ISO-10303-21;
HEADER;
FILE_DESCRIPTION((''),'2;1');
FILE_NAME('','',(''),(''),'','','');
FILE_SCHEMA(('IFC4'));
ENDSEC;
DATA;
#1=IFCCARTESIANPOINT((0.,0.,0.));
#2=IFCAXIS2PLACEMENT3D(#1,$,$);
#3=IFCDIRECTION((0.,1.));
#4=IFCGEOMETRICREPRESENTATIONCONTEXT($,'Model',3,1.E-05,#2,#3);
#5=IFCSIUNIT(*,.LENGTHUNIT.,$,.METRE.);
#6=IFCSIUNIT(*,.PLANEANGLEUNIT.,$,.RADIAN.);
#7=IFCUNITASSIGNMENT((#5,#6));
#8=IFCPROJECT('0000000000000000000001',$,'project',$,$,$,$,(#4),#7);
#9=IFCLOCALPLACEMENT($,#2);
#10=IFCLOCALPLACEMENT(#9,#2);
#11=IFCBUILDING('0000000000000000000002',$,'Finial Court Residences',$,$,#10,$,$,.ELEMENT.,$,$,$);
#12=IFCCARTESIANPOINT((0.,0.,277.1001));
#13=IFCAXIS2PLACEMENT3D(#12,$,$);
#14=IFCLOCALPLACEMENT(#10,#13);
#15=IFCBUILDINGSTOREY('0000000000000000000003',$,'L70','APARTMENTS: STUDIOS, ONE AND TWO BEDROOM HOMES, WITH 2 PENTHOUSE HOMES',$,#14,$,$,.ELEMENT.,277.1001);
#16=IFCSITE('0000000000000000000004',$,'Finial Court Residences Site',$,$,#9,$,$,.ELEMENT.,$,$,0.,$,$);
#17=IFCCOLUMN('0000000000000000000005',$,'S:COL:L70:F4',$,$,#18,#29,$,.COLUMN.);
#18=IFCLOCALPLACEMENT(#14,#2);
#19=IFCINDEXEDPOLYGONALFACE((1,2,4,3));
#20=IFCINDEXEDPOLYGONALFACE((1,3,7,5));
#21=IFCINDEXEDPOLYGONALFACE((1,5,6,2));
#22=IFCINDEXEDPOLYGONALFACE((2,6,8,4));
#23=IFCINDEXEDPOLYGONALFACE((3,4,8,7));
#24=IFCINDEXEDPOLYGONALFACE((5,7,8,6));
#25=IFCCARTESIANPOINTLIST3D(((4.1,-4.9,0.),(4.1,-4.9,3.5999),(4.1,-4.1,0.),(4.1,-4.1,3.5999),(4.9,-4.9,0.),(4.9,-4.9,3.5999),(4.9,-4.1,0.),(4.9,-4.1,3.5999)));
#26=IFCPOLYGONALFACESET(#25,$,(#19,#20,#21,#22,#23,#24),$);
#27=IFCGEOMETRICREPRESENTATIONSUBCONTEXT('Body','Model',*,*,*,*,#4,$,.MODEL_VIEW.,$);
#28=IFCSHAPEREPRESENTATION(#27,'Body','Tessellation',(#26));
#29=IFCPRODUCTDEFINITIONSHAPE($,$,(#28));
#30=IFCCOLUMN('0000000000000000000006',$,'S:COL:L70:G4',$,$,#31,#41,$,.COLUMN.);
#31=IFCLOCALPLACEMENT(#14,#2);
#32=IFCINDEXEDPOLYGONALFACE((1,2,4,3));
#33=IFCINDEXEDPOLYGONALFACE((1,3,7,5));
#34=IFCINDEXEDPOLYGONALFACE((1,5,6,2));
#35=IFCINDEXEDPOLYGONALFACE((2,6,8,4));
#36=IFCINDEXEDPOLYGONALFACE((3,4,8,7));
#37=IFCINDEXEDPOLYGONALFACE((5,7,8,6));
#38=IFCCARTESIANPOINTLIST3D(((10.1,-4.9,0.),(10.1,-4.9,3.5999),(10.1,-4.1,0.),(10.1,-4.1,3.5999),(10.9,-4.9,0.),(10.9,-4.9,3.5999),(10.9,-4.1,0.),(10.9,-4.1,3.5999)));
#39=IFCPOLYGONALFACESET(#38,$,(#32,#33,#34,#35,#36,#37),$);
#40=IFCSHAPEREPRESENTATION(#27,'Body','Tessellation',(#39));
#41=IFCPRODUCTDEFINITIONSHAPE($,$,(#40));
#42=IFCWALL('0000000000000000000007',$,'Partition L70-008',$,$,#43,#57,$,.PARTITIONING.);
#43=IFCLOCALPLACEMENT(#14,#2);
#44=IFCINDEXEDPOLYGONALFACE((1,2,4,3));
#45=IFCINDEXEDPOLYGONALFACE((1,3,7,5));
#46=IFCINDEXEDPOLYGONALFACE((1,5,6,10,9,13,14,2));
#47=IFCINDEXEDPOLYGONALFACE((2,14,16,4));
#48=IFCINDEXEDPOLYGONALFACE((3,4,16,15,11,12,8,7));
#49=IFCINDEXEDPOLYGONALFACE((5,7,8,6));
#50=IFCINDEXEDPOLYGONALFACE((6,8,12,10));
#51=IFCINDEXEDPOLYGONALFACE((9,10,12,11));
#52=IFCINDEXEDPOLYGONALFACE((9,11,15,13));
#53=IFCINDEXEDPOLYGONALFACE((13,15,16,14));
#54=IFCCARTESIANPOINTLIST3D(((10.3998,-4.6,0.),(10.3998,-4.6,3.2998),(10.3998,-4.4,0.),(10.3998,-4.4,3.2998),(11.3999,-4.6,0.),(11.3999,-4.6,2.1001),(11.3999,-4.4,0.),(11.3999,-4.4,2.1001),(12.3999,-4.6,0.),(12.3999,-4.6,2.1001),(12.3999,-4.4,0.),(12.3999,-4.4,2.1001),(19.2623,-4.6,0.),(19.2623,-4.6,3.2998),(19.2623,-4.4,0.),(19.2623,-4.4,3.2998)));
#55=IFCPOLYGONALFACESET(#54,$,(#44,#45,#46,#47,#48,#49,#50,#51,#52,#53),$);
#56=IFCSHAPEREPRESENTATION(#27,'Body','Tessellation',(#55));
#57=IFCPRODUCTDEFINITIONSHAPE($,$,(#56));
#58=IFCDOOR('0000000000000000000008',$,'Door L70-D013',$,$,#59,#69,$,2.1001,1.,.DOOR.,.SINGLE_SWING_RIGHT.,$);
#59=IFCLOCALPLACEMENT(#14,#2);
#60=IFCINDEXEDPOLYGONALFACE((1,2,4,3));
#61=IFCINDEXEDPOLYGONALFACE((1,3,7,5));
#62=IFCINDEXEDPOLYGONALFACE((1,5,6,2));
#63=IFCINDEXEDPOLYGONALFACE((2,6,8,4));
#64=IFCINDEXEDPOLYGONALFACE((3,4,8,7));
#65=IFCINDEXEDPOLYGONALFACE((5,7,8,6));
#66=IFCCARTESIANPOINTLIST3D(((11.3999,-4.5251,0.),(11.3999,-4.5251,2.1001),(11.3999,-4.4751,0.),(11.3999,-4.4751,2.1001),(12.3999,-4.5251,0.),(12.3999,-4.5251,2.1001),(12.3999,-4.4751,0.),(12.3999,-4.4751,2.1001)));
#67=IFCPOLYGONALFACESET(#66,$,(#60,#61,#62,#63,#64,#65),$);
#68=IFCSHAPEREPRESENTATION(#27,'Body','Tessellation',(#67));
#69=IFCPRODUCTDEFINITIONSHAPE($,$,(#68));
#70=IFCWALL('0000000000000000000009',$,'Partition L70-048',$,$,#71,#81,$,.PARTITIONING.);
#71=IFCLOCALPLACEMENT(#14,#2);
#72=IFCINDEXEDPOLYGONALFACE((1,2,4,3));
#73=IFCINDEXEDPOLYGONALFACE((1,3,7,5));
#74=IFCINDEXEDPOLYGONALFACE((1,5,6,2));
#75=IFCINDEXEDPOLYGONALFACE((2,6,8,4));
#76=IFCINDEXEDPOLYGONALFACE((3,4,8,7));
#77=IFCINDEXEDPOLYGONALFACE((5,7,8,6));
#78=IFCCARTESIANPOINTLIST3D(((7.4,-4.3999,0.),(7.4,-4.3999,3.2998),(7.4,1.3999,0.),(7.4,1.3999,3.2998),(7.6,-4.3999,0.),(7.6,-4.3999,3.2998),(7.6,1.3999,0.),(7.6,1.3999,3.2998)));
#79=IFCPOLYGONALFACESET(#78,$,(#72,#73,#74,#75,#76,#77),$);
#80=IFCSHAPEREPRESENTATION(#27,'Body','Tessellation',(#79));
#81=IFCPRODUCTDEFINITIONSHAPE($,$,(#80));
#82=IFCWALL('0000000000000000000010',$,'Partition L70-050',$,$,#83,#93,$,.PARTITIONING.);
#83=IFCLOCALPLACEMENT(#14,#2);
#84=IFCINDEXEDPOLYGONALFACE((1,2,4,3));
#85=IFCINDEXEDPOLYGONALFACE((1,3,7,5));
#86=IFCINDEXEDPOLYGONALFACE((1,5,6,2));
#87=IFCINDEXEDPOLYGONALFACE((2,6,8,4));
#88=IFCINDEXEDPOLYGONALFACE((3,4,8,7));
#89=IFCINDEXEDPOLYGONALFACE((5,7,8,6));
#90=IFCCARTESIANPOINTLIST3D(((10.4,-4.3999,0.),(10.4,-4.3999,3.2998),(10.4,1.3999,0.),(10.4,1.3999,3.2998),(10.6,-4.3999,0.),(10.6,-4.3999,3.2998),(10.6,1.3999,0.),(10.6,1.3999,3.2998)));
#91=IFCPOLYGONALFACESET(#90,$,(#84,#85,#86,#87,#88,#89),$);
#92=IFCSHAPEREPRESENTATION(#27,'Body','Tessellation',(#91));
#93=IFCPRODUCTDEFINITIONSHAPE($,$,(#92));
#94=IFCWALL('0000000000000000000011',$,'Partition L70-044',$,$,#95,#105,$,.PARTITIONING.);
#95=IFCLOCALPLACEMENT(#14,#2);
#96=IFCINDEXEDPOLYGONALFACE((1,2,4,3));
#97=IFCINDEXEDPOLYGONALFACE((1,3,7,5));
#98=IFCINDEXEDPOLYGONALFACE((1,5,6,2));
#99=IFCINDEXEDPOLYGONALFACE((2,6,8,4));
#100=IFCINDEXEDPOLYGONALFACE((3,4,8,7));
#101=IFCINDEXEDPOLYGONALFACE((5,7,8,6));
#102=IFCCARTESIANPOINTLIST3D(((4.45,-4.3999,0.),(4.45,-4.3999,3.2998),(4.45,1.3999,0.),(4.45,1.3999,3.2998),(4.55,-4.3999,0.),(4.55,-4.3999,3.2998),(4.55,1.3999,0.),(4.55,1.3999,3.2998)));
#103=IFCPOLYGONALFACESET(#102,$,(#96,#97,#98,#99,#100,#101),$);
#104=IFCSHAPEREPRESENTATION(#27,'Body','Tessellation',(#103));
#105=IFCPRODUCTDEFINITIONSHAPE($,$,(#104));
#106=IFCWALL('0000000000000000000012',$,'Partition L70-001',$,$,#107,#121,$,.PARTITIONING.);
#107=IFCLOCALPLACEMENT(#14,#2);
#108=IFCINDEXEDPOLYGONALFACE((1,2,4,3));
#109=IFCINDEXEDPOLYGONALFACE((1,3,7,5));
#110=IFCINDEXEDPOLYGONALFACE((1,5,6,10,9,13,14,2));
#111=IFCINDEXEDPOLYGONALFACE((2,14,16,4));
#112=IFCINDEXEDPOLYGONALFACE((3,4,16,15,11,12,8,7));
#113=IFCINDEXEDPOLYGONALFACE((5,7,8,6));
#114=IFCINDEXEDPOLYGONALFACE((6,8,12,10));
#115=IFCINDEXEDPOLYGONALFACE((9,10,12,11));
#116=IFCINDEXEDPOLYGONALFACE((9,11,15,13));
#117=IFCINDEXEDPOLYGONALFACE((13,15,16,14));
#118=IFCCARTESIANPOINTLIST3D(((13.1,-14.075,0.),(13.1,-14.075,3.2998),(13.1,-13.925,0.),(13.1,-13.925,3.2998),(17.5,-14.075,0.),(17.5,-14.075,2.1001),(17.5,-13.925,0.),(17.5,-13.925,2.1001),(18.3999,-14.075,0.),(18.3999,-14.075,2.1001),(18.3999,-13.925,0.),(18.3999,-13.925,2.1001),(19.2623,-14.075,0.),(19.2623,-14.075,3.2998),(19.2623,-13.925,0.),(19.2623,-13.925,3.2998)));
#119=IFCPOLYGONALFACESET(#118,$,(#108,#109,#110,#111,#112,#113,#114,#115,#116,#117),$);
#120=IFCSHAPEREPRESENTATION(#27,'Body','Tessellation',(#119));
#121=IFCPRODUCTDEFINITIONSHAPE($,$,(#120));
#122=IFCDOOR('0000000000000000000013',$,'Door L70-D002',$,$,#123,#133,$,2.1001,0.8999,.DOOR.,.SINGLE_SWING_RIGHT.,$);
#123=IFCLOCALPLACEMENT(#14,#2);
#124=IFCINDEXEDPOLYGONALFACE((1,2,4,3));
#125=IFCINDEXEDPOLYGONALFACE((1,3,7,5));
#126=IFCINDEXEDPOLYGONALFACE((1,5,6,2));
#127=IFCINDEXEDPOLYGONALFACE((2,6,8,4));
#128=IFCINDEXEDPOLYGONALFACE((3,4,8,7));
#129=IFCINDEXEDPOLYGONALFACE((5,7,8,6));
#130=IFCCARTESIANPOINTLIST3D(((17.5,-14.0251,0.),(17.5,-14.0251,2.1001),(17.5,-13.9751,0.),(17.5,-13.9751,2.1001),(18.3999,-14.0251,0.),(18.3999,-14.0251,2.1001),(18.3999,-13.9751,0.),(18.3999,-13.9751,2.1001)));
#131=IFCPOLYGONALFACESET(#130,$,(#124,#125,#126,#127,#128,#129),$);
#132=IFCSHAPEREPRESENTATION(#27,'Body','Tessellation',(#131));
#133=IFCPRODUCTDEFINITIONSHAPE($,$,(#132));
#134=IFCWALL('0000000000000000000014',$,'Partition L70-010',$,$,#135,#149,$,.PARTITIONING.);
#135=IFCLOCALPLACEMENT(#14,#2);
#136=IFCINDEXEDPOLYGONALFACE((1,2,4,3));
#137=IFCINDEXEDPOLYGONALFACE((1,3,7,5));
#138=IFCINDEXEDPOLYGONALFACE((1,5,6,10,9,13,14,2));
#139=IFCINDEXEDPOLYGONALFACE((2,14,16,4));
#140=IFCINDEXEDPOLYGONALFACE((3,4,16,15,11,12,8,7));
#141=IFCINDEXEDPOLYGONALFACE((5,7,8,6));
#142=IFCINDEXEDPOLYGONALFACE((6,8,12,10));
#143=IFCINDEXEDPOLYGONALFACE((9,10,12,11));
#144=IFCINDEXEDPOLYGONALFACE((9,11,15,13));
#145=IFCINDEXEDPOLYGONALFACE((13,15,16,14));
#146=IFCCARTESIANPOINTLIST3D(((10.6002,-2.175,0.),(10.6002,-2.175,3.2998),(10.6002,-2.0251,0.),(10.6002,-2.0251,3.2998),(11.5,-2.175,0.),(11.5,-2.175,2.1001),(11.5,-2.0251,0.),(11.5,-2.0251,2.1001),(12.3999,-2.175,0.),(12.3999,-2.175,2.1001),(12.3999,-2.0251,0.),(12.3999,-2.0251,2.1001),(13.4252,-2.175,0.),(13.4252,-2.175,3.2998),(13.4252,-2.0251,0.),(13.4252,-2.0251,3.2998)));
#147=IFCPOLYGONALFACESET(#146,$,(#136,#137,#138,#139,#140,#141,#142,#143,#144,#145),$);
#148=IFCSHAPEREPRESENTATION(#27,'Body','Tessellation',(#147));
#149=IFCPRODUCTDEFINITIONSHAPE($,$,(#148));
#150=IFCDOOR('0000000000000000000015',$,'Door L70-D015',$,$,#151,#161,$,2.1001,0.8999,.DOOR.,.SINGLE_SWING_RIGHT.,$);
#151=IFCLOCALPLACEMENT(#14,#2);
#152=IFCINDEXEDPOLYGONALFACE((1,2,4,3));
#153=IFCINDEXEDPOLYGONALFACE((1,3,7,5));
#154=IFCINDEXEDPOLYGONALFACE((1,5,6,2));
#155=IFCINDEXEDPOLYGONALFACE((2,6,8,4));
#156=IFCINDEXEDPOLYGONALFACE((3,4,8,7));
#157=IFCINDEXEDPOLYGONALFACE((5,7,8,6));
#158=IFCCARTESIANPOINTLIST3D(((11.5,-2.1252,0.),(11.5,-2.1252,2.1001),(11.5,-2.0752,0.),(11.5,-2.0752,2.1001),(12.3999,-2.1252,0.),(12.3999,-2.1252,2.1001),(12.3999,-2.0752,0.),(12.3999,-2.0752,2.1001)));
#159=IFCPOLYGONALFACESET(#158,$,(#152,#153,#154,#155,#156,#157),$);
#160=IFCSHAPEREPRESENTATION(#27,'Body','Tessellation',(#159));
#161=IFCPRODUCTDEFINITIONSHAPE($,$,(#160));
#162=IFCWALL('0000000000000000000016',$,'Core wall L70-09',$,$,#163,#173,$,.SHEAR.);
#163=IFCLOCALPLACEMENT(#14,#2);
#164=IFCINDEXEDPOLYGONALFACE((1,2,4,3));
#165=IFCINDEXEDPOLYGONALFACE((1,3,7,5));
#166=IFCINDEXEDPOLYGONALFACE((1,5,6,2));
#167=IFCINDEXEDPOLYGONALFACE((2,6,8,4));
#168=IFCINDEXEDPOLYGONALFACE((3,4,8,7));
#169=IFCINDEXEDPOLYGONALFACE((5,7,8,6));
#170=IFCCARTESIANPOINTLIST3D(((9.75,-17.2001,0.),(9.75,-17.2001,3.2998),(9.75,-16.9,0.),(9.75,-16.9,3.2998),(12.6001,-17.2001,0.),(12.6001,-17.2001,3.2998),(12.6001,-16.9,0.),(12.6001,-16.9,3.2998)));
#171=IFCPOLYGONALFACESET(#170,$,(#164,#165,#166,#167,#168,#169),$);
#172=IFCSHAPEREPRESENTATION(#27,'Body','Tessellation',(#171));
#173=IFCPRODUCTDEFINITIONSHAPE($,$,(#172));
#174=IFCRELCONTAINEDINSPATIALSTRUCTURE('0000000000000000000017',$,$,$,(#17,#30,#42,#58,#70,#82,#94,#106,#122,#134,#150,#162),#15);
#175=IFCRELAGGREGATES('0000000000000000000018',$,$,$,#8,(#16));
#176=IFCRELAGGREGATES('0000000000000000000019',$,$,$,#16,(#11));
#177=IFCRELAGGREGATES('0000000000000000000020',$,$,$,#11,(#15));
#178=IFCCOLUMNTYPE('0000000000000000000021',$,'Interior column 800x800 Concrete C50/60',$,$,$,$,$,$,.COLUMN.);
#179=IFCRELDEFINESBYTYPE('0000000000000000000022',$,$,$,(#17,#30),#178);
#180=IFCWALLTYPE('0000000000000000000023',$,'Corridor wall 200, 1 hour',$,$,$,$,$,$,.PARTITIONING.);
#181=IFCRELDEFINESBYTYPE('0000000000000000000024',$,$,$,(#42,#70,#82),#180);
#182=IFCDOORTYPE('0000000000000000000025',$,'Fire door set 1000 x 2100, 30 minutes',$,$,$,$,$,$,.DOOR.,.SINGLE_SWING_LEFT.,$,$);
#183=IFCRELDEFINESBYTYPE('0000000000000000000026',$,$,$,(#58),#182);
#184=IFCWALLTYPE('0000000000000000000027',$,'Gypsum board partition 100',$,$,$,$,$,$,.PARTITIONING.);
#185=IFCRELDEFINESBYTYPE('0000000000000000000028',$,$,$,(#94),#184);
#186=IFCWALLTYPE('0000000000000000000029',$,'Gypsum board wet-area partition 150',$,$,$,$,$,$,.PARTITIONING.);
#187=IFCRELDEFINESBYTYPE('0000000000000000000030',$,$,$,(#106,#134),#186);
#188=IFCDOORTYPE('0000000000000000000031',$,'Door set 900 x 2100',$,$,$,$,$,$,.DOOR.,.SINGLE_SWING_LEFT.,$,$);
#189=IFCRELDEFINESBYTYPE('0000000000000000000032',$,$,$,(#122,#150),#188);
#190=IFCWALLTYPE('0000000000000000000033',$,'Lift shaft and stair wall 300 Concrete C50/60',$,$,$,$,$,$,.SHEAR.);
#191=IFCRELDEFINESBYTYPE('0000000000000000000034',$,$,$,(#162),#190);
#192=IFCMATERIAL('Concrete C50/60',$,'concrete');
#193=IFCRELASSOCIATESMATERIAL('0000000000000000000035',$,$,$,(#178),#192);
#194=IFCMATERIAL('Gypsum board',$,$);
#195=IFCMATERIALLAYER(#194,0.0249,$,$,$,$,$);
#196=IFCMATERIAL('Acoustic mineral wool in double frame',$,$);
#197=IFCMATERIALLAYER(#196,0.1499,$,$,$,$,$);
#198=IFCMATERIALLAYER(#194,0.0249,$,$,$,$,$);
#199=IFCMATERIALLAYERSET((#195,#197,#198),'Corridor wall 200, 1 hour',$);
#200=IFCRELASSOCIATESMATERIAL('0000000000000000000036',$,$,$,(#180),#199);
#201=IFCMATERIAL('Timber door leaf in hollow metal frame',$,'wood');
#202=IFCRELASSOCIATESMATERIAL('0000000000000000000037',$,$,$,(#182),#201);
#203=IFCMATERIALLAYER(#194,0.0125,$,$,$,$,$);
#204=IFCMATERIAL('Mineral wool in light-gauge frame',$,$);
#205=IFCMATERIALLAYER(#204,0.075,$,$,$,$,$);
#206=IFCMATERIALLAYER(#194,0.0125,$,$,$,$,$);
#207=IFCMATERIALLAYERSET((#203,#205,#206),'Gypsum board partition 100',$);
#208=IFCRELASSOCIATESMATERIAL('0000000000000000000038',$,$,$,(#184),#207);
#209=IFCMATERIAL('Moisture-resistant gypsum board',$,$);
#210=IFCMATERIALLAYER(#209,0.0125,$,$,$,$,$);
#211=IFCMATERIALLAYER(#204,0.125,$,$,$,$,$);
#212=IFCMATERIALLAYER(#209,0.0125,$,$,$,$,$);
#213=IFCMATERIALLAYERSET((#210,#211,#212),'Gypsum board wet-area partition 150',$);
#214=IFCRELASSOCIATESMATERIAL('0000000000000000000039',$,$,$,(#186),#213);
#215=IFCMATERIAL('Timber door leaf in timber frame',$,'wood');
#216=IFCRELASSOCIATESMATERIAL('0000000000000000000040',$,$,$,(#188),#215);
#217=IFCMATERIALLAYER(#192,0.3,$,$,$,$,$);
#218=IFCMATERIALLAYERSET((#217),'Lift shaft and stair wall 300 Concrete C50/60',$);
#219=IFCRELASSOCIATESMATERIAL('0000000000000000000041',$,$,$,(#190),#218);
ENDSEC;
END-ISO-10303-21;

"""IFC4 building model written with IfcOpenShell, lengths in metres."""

from ifc_helpers import new_model, si_unit, direction, frame, frame_2d, origin, origin_2d, place, context, subcontext, project, spatial, rectangle, extrude, material, layer, layer_set, material_profile, profile_set, type_object, element, fill, save


model = new_model("IFC4")

# Units and contexts
model_context = context("Model", 3, precision=1e-05, world=origin(), true_north=direction((0.0, 1.0)))
body_context = subcontext(model_context, "Body", "Model", "MODEL_VIEW")
ifc_project = project(units=[si_unit("LENGTHUNIT", "METRE"), si_unit("PLANEANGLEUNIT", "RADIAN")], contexts=[model_context])

# Site, building, storey
site_placement = place(None, origin())
site = spatial("IfcSite", under=ifc_project, at=site_placement, Name="Finial Court Residences Site", CompositionType="ELEMENT", RefElevation=0.0)
building_placement = place(site_placement, origin())
building = spatial("IfcBuilding", under=site, at=building_placement, Name="Finial Court Residences", CompositionType="ELEMENT")
storey_placement = place(building_placement, frame((0.0, 0.0, 277.1001)))
storey = spatial("IfcBuildingStorey", under=building, at=storey_placement, Name="L70", Description="APARTMENTS: STUDIOS, ONE AND TWO BEDROOM HOMES, WITH 2 PENTHOUSE HOMES", CompositionType="ELEMENT", Elevation=277.1001)

# Columns
ifc_material_1 = material(Name="Concrete C50/60", Category="concrete")
ifc_material_profile = material_profile(ifc_material_1, rectangle(XDim=0.8, YDim=0.8, at=origin_2d()), Name="800x800")
ifc_profile_set = profile_set([ifc_material_profile], Name="Concrete C50/60")
column_type = type_object("IfcColumnType", Name="Interior column 800x800 Concrete C50/60", PredefinedType="COLUMN", material=ifc_profile_set)
for number, where, z_axis, x_axis, name in (
    (1, (4.5, -4.5, 0.0), (0.0, 0.0, 1.0), (1.0, 0.0, 0.0), "S:COL:L70:F4"),
    (2, (10.5, -4.5, 0.0), (0.0, 0.0, 1.0), (1.0, 0.0, 0.0), "S:COL:L70:G4"),
):
    element("IfcColumn", number, at=place(storey_placement, frame(where, z_axis=z_axis, x_axis=x_axis)), inside=storey, type_object=column_type, Name=name, PredefinedType="COLUMN", context=body_context, shape_type="SweptSolid", body=[
        extrude(rectangle(XDim=0.8, YDim=0.8, at=origin_2d()), origin(), (0.0, 0.0, 1.0), 3.5999),
    ])

# Wall, opening, door
ifc_material_2 = material(Name="Gypsum board")
ifc_layer_1 = layer(ifc_material_2, 0.0249)
ifc_material_3 = material(Name="Acoustic mineral wool in double frame")
ifc_layer_2 = layer(ifc_material_3, 0.1499)
ifc_layer_3 = layer(ifc_material_2, 0.0249)
ifc_layer_set_1 = layer_set([ifc_layer_1, ifc_layer_2, ifc_layer_3], Name="Corridor wall 200, 1 hour")
wall_type_1 = type_object("IfcWallType", Name="Corridor wall 200, 1 hour", PredefinedType="PARTITIONING", material=ifc_layer_set_1)
wall_1_placement = place(storey_placement, frame((10.3999, -4.5, 0.0), z_axis=(0.0, 0.0, 1.0), x_axis=(1.0, 0.0, 0.0)))
wall_1 = element("IfcWall", 3, at=wall_1_placement, inside=storey, type_object=wall_type_1, Name="Partition L70-008", PredefinedType="PARTITIONING", context=body_context, shape_type="SweptSolid", body=[
    extrude(rectangle(XDim=8.8625, YDim=0.2, at=frame_2d((4.4312, 0.0))), origin(), (0.0, 0.0, 1.0), 3.2998),
])
opening_1_placement = place(wall_1_placement, frame((1.0, 0.0, 0.0)))
opening_1 = element("IfcOpeningElement", 4, at=opening_1_placement, cuts=wall_1, PredefinedType="OPENING", context=body_context, shape_type="SweptSolid", body=[
    extrude(rectangle(XDim=1.0, YDim=2.1001, at=frame_2d((0.5, 1.05))), frame((0.0, 0.1099, 0.0), z_axis=(0.0, -1.0, 0.0), x_axis=(1.0, 0.0, 0.0)), (0.0, 0.0, 1.0), 0.22),
])
ifc_material_4 = material(Name="Timber door leaf in hollow metal frame", Category="wood")
door_type_1 = type_object("IfcDoorType", Name="Fire door set 1000 x 2100, 30 minutes", OperationType="SINGLE_SWING_LEFT", PredefinedType="DOOR", material=ifc_material_4)
door_1_placement = place(opening_1_placement, origin())
door_1 = element("IfcDoor", 5, at=door_1_placement, inside=storey, type_object=door_type_1, Name="Door L70-D013", OperationType="SINGLE_SWING_RIGHT", OverallHeight=2.1001, OverallWidth=1.0, PredefinedType="DOOR", context=body_context, shape_type="SweptSolid", body=[
    extrude(rectangle(XDim=1.0, YDim=2.1001, at=frame_2d((0.5, 1.05))), frame((0.0, 0.0249, 0.0), z_axis=(0.0, -1.0, 0.0), x_axis=(1.0, 0.0, 0.0)), (0.0, 0.0, 1.0), 0.05),
])
fill(opening_1, door_1)

# Walls
for number, where, z_axis, x_axis, name in (
    (6, (7.5, -4.3999, 0.0), (0.0, 0.0, 1.0), (0.0, 1.0, 0.0), "Partition L70-048"),
    (7, (10.5, -4.3999, 0.0), (0.0, 0.0, 1.0), (0.0, 1.0, 0.0), "Partition L70-050"),
):
    element("IfcWall", number, at=place(storey_placement, frame(where, z_axis=z_axis, x_axis=x_axis)), inside=storey, type_object=wall_type_1, Name=name, PredefinedType="PARTITIONING", context=body_context, shape_type="SweptSolid", body=[
        extrude(rectangle(XDim=5.7998, YDim=0.2, at=frame_2d((2.8999, 0.0))), origin(), (0.0, 0.0, 1.0), 3.2998),
    ])
ifc_layer_4 = layer(ifc_material_2, 0.0125)
ifc_material_5 = material(Name="Mineral wool in light-gauge frame")
ifc_layer_5 = layer(ifc_material_5, 0.075)
ifc_layer_6 = layer(ifc_material_2, 0.0125)
ifc_layer_set_2 = layer_set([ifc_layer_4, ifc_layer_5, ifc_layer_6], Name="Gypsum board partition 100")
wall_type_2 = type_object("IfcWallType", Name="Gypsum board partition 100", PredefinedType="PARTITIONING", material=ifc_layer_set_2)
wall_2_placement = place(storey_placement, frame((4.5, -4.3999, 0.0), z_axis=(0.0, 0.0, 1.0), x_axis=(0.0, 1.0, 0.0)))
element("IfcWall", 8, at=wall_2_placement, inside=storey, type_object=wall_type_2, Name="Partition L70-044", PredefinedType="PARTITIONING", context=body_context, shape_type="SweptSolid", body=[
    extrude(rectangle(XDim=5.7998, YDim=0.1001, at=frame_2d((2.8999, 0.0))), origin(), (0.0, 0.0, 1.0), 3.2998),
])

# Walls, openings, doors
ifc_material_6 = material(Name="Moisture-resistant gypsum board")
ifc_layer_7 = layer(ifc_material_6, 0.0125)
ifc_layer_8 = layer(ifc_material_5, 0.125)
ifc_layer_9 = layer(ifc_material_6, 0.0125)
ifc_layer_set_3 = layer_set([ifc_layer_7, ifc_layer_8, ifc_layer_9], Name="Gypsum board wet-area partition 150")
wall_type_3 = type_object("IfcWallType", Name="Gypsum board wet-area partition 150", PredefinedType="PARTITIONING", material=ifc_layer_set_3)
wall_3_placement = place(storey_placement, frame((13.1001, -14.0, 0.0), z_axis=(0.0, 0.0, 1.0), x_axis=(1.0, 0.0, 0.0)))
wall_3 = element("IfcWall", 9, at=wall_3_placement, inside=storey, type_object=wall_type_3, Name="Partition L70-001", PredefinedType="PARTITIONING", context=body_context, shape_type="SweptSolid", body=[
    extrude(rectangle(XDim=6.1624, YDim=0.1499, at=frame_2d((3.0811, 0.0))), origin(), (0.0, 0.0, 1.0), 3.2998),
])
opening_2_placement = place(wall_3_placement, frame((4.3999, 0.0, 0.0)))
opening_2 = element("IfcOpeningElement", 10, at=opening_2_placement, cuts=wall_3, PredefinedType="OPENING", context=body_context, shape_type="SweptSolid", body=[
    extrude(rectangle(XDim=0.8999, YDim=2.1001, at=frame_2d((0.45, 1.05))), frame((0.0, 0.085, 0.0), z_axis=(0.0, -1.0, 0.0), x_axis=(1.0, 0.0, 0.0)), (0.0, 0.0, 1.0), 0.1699),
])
ifc_material_7 = material(Name="Timber door leaf in timber frame", Category="wood")
door_type_2 = type_object("IfcDoorType", Name="Door set 900 x 2100", OperationType="SINGLE_SWING_LEFT", PredefinedType="DOOR", material=ifc_material_7)
door_2_placement = place(opening_2_placement, origin())
door_2 = element("IfcDoor", 11, at=door_2_placement, inside=storey, type_object=door_type_2, Name="Door L70-D002", OperationType="SINGLE_SWING_RIGHT", OverallHeight=2.1001, OverallWidth=0.8999, PredefinedType="DOOR", context=body_context, shape_type="SweptSolid", body=[
    extrude(rectangle(XDim=0.8999, YDim=2.1001, at=frame_2d((0.45, 1.05))), frame((0.0, 0.0249, 0.0), z_axis=(0.0, -1.0, 0.0), x_axis=(1.0, 0.0, 0.0)), (0.0, 0.0, 1.0), 0.05),
])
fill(opening_2, door_2)
wall_4_placement = place(storey_placement, frame((10.6001, -2.1001, 0.0), z_axis=(0.0, 0.0, 1.0), x_axis=(1.0, 0.0, 0.0)))
wall_4 = element("IfcWall", 12, at=wall_4_placement, inside=storey, type_object=wall_type_3, Name="Partition L70-010", PredefinedType="PARTITIONING", context=body_context, shape_type="SweptSolid", body=[
    extrude(rectangle(XDim=2.825, YDim=0.1499, at=frame_2d((1.4126, 0.0))), origin(), (0.0, 0.0, 1.0), 3.2998),
])
opening_3_placement = place(wall_4_placement, frame((0.8999, 0.0, 0.0)))
opening_3 = element("IfcOpeningElement", 13, at=opening_3_placement, cuts=wall_4, PredefinedType="OPENING", context=body_context, shape_type="SweptSolid", body=[
    extrude(rectangle(XDim=0.8999, YDim=2.1001, at=frame_2d((0.45, 1.05))), frame((0.0, 0.085, 0.0), z_axis=(0.0, -1.0, 0.0), x_axis=(1.0, 0.0, 0.0)), (0.0, 0.0, 1.0), 0.1699),
])
door_3_placement = place(opening_3_placement, origin())
door_3 = element("IfcDoor", 14, at=door_3_placement, inside=storey, type_object=door_type_2, Name="Door L70-D015", OperationType="SINGLE_SWING_RIGHT", OverallHeight=2.1001, OverallWidth=0.8999, PredefinedType="DOOR", context=body_context, shape_type="SweptSolid", body=[
    extrude(rectangle(XDim=0.8999, YDim=2.1001, at=frame_2d((0.45, 1.05))), frame((0.0, 0.0249, 0.0), z_axis=(0.0, -1.0, 0.0), x_axis=(1.0, 0.0, 0.0)), (0.0, 0.0, 1.0), 0.05),
])
fill(opening_3, door_3)

# Wall
ifc_layer_10 = layer(ifc_material_1, 0.3)
ifc_layer_set_4 = layer_set([ifc_layer_10], Name="Lift shaft and stair wall 300 Concrete C50/60")
wall_type_4 = type_object("IfcWallType", Name="Lift shaft and stair wall 300 Concrete C50/60", PredefinedType="SHEAR", material=ifc_layer_set_4)
wall_5_placement = place(storey_placement, frame((9.75, -17.05, 0.0), z_axis=(0.0, 0.0, 1.0), x_axis=(1.0, 0.0, 0.0)))
element("IfcWall", 15, at=wall_5_placement, inside=storey, type_object=wall_type_4, Name="Core wall L70-09", PredefinedType="SHEAR", context=body_context, shape_type="SweptSolid", body=[
    extrude(rectangle(XDim=2.8501, YDim=0.3, at=frame_2d((1.425, 0.0))), origin(), (0.0, 0.0, 1.0), 3.2998),
])

save(model, "model.ifc")
